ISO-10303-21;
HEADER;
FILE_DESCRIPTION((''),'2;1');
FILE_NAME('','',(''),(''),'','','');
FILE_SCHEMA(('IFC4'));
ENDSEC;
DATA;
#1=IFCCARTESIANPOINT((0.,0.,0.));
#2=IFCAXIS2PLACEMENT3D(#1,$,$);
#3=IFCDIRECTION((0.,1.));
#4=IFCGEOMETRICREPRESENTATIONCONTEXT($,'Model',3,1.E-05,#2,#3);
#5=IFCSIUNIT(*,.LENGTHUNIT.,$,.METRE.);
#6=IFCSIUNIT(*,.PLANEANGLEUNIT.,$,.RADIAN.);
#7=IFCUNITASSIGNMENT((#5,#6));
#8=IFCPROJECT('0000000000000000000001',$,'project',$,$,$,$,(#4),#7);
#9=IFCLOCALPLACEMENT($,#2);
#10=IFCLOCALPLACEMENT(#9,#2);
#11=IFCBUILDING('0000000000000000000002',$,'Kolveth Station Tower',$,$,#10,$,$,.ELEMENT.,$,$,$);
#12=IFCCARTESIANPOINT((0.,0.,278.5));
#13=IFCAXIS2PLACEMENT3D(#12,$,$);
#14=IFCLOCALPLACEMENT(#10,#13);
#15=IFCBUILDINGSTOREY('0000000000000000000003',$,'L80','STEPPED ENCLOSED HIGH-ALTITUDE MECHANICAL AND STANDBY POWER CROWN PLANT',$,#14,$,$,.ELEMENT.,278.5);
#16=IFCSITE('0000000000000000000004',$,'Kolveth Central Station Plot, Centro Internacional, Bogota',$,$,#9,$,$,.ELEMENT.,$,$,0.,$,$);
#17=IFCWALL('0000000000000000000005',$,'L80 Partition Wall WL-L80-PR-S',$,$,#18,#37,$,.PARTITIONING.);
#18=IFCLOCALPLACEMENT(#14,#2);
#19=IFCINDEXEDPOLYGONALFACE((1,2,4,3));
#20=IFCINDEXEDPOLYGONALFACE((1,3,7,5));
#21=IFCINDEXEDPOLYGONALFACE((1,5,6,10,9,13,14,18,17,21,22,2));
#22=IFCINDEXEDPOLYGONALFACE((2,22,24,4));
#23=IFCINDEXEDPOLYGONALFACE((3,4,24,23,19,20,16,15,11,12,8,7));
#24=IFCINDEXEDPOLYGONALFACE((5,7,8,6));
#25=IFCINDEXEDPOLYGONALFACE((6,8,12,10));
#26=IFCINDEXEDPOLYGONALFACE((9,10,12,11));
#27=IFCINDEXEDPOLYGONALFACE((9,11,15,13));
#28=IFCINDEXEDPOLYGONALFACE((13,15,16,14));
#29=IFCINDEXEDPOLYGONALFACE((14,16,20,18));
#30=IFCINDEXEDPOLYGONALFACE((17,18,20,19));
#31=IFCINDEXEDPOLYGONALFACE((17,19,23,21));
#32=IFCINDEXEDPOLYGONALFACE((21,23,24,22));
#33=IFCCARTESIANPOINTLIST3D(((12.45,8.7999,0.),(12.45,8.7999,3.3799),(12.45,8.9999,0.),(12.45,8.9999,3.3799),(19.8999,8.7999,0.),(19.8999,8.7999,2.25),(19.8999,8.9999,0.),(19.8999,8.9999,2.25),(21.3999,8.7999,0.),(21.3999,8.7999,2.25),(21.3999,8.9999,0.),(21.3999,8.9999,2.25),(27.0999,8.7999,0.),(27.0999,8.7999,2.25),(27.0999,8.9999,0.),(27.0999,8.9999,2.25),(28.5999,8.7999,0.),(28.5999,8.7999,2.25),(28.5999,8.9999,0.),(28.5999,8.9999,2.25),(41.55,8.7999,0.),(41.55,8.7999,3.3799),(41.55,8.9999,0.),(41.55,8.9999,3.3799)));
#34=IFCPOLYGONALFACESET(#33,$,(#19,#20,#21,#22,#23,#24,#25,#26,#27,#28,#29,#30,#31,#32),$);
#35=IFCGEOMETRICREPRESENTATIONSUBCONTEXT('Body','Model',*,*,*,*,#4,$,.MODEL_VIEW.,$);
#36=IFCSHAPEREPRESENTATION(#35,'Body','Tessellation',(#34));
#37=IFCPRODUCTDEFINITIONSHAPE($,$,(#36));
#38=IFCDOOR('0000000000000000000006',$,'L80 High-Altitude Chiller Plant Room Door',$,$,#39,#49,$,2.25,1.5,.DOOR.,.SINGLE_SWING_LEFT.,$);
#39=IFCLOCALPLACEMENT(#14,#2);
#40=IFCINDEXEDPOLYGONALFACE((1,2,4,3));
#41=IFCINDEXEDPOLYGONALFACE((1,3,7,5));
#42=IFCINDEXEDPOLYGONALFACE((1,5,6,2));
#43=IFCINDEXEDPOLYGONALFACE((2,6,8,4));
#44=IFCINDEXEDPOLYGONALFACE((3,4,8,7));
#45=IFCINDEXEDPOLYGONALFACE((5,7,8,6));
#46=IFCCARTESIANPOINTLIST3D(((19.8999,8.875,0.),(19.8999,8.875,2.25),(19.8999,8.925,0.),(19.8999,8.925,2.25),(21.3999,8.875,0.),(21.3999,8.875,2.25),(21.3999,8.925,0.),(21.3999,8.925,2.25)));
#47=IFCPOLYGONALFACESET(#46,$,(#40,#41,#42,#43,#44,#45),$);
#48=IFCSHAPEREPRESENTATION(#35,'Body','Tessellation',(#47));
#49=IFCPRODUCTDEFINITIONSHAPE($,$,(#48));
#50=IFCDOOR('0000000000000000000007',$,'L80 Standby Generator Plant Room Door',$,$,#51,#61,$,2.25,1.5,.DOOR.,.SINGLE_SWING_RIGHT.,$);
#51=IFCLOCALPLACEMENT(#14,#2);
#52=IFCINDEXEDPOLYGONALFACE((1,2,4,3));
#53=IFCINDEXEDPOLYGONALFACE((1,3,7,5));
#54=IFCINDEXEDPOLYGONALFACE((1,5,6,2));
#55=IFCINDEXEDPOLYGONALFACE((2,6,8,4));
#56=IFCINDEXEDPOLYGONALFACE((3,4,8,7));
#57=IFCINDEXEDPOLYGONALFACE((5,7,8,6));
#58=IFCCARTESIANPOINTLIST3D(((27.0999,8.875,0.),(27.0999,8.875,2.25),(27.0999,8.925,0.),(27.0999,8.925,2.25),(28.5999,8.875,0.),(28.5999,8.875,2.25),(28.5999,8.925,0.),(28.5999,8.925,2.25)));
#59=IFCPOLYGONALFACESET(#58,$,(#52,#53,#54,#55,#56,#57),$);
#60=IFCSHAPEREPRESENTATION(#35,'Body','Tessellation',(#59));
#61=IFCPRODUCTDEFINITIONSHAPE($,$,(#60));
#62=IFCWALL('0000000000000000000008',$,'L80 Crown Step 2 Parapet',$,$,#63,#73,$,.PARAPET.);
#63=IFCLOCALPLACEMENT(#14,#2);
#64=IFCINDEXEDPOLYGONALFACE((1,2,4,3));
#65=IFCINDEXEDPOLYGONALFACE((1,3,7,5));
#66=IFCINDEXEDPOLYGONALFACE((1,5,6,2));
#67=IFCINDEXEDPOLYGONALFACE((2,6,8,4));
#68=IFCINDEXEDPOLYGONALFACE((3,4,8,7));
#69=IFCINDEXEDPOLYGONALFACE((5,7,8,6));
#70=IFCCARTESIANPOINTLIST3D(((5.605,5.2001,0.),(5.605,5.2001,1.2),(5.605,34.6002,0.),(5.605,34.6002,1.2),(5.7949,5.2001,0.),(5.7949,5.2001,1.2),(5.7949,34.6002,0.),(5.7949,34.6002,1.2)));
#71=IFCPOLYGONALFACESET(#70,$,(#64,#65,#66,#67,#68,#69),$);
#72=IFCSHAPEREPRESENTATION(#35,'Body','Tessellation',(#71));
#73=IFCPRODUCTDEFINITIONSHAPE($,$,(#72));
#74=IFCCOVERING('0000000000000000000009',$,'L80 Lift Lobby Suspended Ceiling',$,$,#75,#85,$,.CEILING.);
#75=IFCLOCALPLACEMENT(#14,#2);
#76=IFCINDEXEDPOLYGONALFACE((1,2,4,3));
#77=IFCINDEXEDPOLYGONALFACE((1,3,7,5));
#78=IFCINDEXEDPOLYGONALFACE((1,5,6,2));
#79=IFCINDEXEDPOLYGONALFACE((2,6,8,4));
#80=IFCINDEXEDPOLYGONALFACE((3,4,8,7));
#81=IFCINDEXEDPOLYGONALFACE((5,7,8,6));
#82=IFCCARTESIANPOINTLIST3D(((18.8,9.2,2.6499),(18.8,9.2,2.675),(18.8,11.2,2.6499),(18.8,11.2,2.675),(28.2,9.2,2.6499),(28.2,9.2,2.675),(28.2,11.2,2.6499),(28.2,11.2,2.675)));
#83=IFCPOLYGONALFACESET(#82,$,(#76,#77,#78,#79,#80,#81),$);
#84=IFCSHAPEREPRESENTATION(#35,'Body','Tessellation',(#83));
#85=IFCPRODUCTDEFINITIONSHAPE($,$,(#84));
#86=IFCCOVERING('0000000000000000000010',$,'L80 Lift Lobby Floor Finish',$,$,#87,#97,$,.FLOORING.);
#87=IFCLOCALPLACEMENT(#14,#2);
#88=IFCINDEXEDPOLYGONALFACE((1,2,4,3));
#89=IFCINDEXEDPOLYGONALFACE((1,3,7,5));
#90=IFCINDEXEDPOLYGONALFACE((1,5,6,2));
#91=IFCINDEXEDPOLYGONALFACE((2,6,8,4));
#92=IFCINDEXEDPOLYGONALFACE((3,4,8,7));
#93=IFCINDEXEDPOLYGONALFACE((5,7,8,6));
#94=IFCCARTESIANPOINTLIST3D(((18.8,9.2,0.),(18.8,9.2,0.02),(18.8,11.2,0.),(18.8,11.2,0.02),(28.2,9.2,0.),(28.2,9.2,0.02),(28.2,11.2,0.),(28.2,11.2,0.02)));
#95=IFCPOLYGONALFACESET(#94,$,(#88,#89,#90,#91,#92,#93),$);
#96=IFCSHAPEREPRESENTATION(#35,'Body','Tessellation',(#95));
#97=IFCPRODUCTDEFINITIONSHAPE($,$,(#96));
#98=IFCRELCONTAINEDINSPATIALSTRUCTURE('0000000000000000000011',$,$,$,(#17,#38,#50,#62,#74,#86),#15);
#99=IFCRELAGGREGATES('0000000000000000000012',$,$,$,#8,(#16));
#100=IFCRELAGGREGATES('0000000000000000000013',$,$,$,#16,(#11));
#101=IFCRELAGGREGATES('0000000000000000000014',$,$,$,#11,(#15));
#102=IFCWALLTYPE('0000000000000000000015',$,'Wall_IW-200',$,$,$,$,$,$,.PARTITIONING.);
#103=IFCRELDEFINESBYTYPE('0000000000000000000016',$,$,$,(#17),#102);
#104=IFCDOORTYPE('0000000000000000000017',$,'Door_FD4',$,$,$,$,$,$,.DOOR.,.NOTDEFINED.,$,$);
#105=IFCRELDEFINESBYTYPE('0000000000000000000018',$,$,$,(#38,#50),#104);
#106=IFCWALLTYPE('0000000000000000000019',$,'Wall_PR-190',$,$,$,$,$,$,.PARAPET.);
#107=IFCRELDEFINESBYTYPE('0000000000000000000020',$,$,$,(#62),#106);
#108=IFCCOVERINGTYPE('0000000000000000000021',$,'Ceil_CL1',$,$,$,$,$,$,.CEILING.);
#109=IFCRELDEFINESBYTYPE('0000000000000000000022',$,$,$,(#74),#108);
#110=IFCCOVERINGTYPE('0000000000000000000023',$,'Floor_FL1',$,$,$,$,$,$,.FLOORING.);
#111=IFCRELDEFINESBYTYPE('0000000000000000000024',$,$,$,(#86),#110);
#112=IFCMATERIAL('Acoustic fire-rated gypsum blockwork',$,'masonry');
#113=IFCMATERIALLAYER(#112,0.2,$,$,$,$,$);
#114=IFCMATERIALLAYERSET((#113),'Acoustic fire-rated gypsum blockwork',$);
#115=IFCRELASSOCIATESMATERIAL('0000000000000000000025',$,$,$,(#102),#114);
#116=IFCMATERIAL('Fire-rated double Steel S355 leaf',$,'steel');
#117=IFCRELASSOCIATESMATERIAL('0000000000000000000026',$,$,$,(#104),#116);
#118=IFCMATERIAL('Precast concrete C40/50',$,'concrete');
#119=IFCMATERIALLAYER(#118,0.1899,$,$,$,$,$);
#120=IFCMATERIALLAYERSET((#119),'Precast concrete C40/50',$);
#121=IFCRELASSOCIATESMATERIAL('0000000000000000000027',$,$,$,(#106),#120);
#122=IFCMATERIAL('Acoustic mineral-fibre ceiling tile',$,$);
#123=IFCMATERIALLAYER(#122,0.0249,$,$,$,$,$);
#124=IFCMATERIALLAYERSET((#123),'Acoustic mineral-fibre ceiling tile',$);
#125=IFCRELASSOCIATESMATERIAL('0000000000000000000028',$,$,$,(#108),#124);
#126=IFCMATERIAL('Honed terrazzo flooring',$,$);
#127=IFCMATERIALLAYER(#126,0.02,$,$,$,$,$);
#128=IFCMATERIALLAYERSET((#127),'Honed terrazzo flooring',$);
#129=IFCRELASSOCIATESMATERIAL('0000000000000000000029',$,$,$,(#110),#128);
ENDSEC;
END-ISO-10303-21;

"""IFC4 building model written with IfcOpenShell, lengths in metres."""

from ifc_helpers import new_model, si_unit, direction, frame, frame_2d, origin, place, context, subcontext, project, spatial, polyline, rectangle, outline, extrude, material, layer, layer_set, type_object, element, fill, save


model = new_model("IFC4")

# Units and contexts
model_context = context("Model", 3, precision=1e-05, world=origin(), true_north=direction((0.0, 1.0)))
body_context = subcontext(model_context, "Body", "Model", "MODEL_VIEW")
ifc_project = project(units=[si_unit("LENGTHUNIT", "METRE"), si_unit("PLANEANGLEUNIT", "RADIAN")], contexts=[model_context])

# Site, building, storey
site_placement = place(None, origin())
site = spatial("IfcSite", under=ifc_project, at=site_placement, Name="Kolveth Central Station Plot, Centro Internacional, Bogota", CompositionType="ELEMENT", RefElevation=0.0)
building_placement = place(site_placement, origin())
building = spatial("IfcBuilding", under=site, at=building_placement, Name="Kolveth Station Tower", CompositionType="ELEMENT")
storey_placement = place(building_placement, frame((0.0, 0.0, 278.5)))
storey = spatial("IfcBuildingStorey", under=building, at=storey_placement, Name="L80", Description="STEPPED ENCLOSED HIGH-ALTITUDE MECHANICAL AND STANDBY POWER CROWN PLANT", CompositionType="ELEMENT", Elevation=278.5)

# Wall, openings, doors
ifc_material_1 = material(Name="Acoustic fire-rated gypsum blockwork", Category="masonry")
ifc_layer_1 = layer(ifc_material_1, 0.2)
ifc_layer_set_1 = layer_set([ifc_layer_1], Name="Acoustic fire-rated gypsum blockwork")
wall_type_1 = type_object("IfcWallType", Name="Wall_IW-200", PredefinedType="PARTITIONING", material=ifc_layer_set_1)
wall_1_placement = place(storey_placement, frame((12.45, 8.8999, 0.0), z_axis=(0.0, 0.0, 1.0), x_axis=(1.0, 0.0, 0.0)))
wall_1 = element("IfcWall", 1, at=wall_1_placement, inside=storey, type_object=wall_type_1, Name="L80 Partition Wall WL-L80-PR-S", PredefinedType="PARTITIONING", context=body_context, shape_type="SweptSolid", body=[
    extrude(rectangle(XDim=29.1001, YDim=0.2, at=frame_2d((14.55, 0.0))), origin(), (0.0, 0.0, 1.0), 3.3799),
])
opening_1_placement = place(wall_1_placement, frame((7.45, 0.0, 0.0)))
opening_1 = element("IfcOpeningElement", 2, at=opening_1_placement, cuts=wall_1, PredefinedType="OPENING", context=body_context, shape_type="SweptSolid", body=[
    extrude(rectangle(XDim=1.5, YDim=2.25, at=frame_2d((0.75, 1.125))), frame((0.0, 0.1099, 0.0), z_axis=(0.0, -1.0, 0.0), x_axis=(1.0, 0.0, 0.0)), (0.0, 0.0, 1.0), 0.22),
])
opening_2_placement = place(wall_1_placement, frame((14.6499, 0.0, 0.0)))
opening_2 = element("IfcOpeningElement", 3, at=opening_2_placement, cuts=wall_1, PredefinedType="OPENING", context=body_context, shape_type="SweptSolid", body=[
    extrude(rectangle(XDim=1.5, YDim=2.25, at=frame_2d((0.75, 1.125))), frame((0.0, 0.1099, 0.0), z_axis=(0.0, -1.0, 0.0), x_axis=(1.0, 0.0, 0.0)), (0.0, 0.0, 1.0), 0.22),
])
ifc_material_2 = material(Name="Fire-rated double Steel S355 leaf", Category="steel")
door_type = type_object("IfcDoorType", Name="Door_FD4", OperationType="NOTDEFINED", PredefinedType="DOOR", material=ifc_material_2)
door_1_placement = place(opening_1_placement, frame((1.5, 0.0, 0.0), z_axis=(0.0, 0.0, 1.0), x_axis=(-1.0, 0.0, 0.0)))
door_1 = element("IfcDoor", 4, at=door_1_placement, inside=storey, type_object=door_type, Name="L80 High-Altitude Chiller Plant Room Door", OperationType="SINGLE_SWING_LEFT", OverallHeight=2.25, OverallWidth=1.5, PredefinedType="DOOR", context=body_context, shape_type="SweptSolid", body=[
    extrude(rectangle(XDim=1.5, YDim=2.25, at=frame_2d((0.75, 1.125))), frame((0.0, 0.0249, 0.0), z_axis=(0.0, -1.0, 0.0), x_axis=(1.0, 0.0, 0.0)), (0.0, 0.0, 1.0), 0.05),
])
fill(opening_1, door_1)
door_2_placement = place(opening_2_placement, frame((1.5, 0.0, 0.0), z_axis=(0.0, 0.0, 1.0), x_axis=(-1.0, 0.0, 0.0)))
door_2 = element("IfcDoor", 5, at=door_2_placement, inside=storey, type_object=door_type, Name="L80 Standby Generator Plant Room Door", OperationType="SINGLE_SWING_RIGHT", OverallHeight=2.25, OverallWidth=1.5, PredefinedType="DOOR", context=body_context, shape_type="SweptSolid", body=[
    extrude(rectangle(XDim=1.5, YDim=2.25, at=frame_2d((0.75, 1.125))), frame((0.0, 0.0249, 0.0), z_axis=(0.0, -1.0, 0.0), x_axis=(1.0, 0.0, 0.0)), (0.0, 0.0, 1.0), 0.05),
])
fill(opening_2, door_2)

# Wall
ifc_material_3 = material(Name="Precast concrete C40/50", Category="concrete")
ifc_layer_2 = layer(ifc_material_3, 0.1899)
ifc_layer_set_2 = layer_set([ifc_layer_2], Name="Precast concrete C40/50")
wall_type_2 = type_object("IfcWallType", Name="Wall_PR-190", PredefinedType="PARAPET", material=ifc_layer_set_2)
wall_2_placement = place(storey_placement, frame((5.7, 5.2, 0.0), z_axis=(0.0, 0.0, 1.0), x_axis=(0.0, 1.0, 0.0)))
element("IfcWall", 6, at=wall_2_placement, inside=storey, type_object=wall_type_2, Name="L80 Crown Step 2 Parapet", PredefinedType="PARAPET", context=body_context, shape_type="SweptSolid", body=[
    extrude(rectangle(XDim=29.4001, YDim=0.1899, at=frame_2d((14.7002, 0.0))), origin(), (0.0, 0.0, 1.0), 1.2),
])

# Coverings
ifc_material_4 = material(Name="Acoustic mineral-fibre ceiling tile")
ifc_layer_3 = layer(ifc_material_4, 0.0249)
ifc_layer_set_3 = layer_set([ifc_layer_3], Name="Acoustic mineral-fibre ceiling tile")
covering_type_1 = type_object("IfcCoveringType", Name="Ceil_CL1", PredefinedType="CEILING", material=ifc_layer_set_3)
covering_1_placement = place(storey_placement, frame((0.0, 0.0, 2.6499)))
element("IfcCovering", 7, at=covering_1_placement, inside=storey, type_object=covering_type_1, Name="L80 Lift Lobby Suspended Ceiling", PredefinedType="CEILING", context=body_context, shape_type="SweptSolid", body=[
    extrude(outline(polyline([(18.8, 9.2), (28.2, 9.2), (28.2, 11.2), (18.8, 11.2), (18.8, 9.2)])), origin(), (0.0, 0.0, 1.0), 0.0251),
])
ifc_material_5 = material(Name="Honed terrazzo flooring")
ifc_layer_4 = layer(ifc_material_5, 0.02)
ifc_layer_set_4 = layer_set([ifc_layer_4], Name="Honed terrazzo flooring")
covering_type_2 = type_object("IfcCoveringType", Name="Floor_FL1", PredefinedType="FLOORING", material=ifc_layer_set_4)
covering_2_placement = place(storey_placement, origin())
element("IfcCovering", 8, at=covering_2_placement, inside=storey, type_object=covering_type_2, Name="L80 Lift Lobby Floor Finish", PredefinedType="FLOORING", context=body_context, shape_type="SweptSolid", body=[
    extrude(outline(polyline([(18.8, 9.2), (28.2, 9.2), (28.2, 11.2), (18.8, 11.2), (18.8, 9.2)])), origin(), (0.0, 0.0, 1.0), 0.02),
])

save(model, "model.ifc")
